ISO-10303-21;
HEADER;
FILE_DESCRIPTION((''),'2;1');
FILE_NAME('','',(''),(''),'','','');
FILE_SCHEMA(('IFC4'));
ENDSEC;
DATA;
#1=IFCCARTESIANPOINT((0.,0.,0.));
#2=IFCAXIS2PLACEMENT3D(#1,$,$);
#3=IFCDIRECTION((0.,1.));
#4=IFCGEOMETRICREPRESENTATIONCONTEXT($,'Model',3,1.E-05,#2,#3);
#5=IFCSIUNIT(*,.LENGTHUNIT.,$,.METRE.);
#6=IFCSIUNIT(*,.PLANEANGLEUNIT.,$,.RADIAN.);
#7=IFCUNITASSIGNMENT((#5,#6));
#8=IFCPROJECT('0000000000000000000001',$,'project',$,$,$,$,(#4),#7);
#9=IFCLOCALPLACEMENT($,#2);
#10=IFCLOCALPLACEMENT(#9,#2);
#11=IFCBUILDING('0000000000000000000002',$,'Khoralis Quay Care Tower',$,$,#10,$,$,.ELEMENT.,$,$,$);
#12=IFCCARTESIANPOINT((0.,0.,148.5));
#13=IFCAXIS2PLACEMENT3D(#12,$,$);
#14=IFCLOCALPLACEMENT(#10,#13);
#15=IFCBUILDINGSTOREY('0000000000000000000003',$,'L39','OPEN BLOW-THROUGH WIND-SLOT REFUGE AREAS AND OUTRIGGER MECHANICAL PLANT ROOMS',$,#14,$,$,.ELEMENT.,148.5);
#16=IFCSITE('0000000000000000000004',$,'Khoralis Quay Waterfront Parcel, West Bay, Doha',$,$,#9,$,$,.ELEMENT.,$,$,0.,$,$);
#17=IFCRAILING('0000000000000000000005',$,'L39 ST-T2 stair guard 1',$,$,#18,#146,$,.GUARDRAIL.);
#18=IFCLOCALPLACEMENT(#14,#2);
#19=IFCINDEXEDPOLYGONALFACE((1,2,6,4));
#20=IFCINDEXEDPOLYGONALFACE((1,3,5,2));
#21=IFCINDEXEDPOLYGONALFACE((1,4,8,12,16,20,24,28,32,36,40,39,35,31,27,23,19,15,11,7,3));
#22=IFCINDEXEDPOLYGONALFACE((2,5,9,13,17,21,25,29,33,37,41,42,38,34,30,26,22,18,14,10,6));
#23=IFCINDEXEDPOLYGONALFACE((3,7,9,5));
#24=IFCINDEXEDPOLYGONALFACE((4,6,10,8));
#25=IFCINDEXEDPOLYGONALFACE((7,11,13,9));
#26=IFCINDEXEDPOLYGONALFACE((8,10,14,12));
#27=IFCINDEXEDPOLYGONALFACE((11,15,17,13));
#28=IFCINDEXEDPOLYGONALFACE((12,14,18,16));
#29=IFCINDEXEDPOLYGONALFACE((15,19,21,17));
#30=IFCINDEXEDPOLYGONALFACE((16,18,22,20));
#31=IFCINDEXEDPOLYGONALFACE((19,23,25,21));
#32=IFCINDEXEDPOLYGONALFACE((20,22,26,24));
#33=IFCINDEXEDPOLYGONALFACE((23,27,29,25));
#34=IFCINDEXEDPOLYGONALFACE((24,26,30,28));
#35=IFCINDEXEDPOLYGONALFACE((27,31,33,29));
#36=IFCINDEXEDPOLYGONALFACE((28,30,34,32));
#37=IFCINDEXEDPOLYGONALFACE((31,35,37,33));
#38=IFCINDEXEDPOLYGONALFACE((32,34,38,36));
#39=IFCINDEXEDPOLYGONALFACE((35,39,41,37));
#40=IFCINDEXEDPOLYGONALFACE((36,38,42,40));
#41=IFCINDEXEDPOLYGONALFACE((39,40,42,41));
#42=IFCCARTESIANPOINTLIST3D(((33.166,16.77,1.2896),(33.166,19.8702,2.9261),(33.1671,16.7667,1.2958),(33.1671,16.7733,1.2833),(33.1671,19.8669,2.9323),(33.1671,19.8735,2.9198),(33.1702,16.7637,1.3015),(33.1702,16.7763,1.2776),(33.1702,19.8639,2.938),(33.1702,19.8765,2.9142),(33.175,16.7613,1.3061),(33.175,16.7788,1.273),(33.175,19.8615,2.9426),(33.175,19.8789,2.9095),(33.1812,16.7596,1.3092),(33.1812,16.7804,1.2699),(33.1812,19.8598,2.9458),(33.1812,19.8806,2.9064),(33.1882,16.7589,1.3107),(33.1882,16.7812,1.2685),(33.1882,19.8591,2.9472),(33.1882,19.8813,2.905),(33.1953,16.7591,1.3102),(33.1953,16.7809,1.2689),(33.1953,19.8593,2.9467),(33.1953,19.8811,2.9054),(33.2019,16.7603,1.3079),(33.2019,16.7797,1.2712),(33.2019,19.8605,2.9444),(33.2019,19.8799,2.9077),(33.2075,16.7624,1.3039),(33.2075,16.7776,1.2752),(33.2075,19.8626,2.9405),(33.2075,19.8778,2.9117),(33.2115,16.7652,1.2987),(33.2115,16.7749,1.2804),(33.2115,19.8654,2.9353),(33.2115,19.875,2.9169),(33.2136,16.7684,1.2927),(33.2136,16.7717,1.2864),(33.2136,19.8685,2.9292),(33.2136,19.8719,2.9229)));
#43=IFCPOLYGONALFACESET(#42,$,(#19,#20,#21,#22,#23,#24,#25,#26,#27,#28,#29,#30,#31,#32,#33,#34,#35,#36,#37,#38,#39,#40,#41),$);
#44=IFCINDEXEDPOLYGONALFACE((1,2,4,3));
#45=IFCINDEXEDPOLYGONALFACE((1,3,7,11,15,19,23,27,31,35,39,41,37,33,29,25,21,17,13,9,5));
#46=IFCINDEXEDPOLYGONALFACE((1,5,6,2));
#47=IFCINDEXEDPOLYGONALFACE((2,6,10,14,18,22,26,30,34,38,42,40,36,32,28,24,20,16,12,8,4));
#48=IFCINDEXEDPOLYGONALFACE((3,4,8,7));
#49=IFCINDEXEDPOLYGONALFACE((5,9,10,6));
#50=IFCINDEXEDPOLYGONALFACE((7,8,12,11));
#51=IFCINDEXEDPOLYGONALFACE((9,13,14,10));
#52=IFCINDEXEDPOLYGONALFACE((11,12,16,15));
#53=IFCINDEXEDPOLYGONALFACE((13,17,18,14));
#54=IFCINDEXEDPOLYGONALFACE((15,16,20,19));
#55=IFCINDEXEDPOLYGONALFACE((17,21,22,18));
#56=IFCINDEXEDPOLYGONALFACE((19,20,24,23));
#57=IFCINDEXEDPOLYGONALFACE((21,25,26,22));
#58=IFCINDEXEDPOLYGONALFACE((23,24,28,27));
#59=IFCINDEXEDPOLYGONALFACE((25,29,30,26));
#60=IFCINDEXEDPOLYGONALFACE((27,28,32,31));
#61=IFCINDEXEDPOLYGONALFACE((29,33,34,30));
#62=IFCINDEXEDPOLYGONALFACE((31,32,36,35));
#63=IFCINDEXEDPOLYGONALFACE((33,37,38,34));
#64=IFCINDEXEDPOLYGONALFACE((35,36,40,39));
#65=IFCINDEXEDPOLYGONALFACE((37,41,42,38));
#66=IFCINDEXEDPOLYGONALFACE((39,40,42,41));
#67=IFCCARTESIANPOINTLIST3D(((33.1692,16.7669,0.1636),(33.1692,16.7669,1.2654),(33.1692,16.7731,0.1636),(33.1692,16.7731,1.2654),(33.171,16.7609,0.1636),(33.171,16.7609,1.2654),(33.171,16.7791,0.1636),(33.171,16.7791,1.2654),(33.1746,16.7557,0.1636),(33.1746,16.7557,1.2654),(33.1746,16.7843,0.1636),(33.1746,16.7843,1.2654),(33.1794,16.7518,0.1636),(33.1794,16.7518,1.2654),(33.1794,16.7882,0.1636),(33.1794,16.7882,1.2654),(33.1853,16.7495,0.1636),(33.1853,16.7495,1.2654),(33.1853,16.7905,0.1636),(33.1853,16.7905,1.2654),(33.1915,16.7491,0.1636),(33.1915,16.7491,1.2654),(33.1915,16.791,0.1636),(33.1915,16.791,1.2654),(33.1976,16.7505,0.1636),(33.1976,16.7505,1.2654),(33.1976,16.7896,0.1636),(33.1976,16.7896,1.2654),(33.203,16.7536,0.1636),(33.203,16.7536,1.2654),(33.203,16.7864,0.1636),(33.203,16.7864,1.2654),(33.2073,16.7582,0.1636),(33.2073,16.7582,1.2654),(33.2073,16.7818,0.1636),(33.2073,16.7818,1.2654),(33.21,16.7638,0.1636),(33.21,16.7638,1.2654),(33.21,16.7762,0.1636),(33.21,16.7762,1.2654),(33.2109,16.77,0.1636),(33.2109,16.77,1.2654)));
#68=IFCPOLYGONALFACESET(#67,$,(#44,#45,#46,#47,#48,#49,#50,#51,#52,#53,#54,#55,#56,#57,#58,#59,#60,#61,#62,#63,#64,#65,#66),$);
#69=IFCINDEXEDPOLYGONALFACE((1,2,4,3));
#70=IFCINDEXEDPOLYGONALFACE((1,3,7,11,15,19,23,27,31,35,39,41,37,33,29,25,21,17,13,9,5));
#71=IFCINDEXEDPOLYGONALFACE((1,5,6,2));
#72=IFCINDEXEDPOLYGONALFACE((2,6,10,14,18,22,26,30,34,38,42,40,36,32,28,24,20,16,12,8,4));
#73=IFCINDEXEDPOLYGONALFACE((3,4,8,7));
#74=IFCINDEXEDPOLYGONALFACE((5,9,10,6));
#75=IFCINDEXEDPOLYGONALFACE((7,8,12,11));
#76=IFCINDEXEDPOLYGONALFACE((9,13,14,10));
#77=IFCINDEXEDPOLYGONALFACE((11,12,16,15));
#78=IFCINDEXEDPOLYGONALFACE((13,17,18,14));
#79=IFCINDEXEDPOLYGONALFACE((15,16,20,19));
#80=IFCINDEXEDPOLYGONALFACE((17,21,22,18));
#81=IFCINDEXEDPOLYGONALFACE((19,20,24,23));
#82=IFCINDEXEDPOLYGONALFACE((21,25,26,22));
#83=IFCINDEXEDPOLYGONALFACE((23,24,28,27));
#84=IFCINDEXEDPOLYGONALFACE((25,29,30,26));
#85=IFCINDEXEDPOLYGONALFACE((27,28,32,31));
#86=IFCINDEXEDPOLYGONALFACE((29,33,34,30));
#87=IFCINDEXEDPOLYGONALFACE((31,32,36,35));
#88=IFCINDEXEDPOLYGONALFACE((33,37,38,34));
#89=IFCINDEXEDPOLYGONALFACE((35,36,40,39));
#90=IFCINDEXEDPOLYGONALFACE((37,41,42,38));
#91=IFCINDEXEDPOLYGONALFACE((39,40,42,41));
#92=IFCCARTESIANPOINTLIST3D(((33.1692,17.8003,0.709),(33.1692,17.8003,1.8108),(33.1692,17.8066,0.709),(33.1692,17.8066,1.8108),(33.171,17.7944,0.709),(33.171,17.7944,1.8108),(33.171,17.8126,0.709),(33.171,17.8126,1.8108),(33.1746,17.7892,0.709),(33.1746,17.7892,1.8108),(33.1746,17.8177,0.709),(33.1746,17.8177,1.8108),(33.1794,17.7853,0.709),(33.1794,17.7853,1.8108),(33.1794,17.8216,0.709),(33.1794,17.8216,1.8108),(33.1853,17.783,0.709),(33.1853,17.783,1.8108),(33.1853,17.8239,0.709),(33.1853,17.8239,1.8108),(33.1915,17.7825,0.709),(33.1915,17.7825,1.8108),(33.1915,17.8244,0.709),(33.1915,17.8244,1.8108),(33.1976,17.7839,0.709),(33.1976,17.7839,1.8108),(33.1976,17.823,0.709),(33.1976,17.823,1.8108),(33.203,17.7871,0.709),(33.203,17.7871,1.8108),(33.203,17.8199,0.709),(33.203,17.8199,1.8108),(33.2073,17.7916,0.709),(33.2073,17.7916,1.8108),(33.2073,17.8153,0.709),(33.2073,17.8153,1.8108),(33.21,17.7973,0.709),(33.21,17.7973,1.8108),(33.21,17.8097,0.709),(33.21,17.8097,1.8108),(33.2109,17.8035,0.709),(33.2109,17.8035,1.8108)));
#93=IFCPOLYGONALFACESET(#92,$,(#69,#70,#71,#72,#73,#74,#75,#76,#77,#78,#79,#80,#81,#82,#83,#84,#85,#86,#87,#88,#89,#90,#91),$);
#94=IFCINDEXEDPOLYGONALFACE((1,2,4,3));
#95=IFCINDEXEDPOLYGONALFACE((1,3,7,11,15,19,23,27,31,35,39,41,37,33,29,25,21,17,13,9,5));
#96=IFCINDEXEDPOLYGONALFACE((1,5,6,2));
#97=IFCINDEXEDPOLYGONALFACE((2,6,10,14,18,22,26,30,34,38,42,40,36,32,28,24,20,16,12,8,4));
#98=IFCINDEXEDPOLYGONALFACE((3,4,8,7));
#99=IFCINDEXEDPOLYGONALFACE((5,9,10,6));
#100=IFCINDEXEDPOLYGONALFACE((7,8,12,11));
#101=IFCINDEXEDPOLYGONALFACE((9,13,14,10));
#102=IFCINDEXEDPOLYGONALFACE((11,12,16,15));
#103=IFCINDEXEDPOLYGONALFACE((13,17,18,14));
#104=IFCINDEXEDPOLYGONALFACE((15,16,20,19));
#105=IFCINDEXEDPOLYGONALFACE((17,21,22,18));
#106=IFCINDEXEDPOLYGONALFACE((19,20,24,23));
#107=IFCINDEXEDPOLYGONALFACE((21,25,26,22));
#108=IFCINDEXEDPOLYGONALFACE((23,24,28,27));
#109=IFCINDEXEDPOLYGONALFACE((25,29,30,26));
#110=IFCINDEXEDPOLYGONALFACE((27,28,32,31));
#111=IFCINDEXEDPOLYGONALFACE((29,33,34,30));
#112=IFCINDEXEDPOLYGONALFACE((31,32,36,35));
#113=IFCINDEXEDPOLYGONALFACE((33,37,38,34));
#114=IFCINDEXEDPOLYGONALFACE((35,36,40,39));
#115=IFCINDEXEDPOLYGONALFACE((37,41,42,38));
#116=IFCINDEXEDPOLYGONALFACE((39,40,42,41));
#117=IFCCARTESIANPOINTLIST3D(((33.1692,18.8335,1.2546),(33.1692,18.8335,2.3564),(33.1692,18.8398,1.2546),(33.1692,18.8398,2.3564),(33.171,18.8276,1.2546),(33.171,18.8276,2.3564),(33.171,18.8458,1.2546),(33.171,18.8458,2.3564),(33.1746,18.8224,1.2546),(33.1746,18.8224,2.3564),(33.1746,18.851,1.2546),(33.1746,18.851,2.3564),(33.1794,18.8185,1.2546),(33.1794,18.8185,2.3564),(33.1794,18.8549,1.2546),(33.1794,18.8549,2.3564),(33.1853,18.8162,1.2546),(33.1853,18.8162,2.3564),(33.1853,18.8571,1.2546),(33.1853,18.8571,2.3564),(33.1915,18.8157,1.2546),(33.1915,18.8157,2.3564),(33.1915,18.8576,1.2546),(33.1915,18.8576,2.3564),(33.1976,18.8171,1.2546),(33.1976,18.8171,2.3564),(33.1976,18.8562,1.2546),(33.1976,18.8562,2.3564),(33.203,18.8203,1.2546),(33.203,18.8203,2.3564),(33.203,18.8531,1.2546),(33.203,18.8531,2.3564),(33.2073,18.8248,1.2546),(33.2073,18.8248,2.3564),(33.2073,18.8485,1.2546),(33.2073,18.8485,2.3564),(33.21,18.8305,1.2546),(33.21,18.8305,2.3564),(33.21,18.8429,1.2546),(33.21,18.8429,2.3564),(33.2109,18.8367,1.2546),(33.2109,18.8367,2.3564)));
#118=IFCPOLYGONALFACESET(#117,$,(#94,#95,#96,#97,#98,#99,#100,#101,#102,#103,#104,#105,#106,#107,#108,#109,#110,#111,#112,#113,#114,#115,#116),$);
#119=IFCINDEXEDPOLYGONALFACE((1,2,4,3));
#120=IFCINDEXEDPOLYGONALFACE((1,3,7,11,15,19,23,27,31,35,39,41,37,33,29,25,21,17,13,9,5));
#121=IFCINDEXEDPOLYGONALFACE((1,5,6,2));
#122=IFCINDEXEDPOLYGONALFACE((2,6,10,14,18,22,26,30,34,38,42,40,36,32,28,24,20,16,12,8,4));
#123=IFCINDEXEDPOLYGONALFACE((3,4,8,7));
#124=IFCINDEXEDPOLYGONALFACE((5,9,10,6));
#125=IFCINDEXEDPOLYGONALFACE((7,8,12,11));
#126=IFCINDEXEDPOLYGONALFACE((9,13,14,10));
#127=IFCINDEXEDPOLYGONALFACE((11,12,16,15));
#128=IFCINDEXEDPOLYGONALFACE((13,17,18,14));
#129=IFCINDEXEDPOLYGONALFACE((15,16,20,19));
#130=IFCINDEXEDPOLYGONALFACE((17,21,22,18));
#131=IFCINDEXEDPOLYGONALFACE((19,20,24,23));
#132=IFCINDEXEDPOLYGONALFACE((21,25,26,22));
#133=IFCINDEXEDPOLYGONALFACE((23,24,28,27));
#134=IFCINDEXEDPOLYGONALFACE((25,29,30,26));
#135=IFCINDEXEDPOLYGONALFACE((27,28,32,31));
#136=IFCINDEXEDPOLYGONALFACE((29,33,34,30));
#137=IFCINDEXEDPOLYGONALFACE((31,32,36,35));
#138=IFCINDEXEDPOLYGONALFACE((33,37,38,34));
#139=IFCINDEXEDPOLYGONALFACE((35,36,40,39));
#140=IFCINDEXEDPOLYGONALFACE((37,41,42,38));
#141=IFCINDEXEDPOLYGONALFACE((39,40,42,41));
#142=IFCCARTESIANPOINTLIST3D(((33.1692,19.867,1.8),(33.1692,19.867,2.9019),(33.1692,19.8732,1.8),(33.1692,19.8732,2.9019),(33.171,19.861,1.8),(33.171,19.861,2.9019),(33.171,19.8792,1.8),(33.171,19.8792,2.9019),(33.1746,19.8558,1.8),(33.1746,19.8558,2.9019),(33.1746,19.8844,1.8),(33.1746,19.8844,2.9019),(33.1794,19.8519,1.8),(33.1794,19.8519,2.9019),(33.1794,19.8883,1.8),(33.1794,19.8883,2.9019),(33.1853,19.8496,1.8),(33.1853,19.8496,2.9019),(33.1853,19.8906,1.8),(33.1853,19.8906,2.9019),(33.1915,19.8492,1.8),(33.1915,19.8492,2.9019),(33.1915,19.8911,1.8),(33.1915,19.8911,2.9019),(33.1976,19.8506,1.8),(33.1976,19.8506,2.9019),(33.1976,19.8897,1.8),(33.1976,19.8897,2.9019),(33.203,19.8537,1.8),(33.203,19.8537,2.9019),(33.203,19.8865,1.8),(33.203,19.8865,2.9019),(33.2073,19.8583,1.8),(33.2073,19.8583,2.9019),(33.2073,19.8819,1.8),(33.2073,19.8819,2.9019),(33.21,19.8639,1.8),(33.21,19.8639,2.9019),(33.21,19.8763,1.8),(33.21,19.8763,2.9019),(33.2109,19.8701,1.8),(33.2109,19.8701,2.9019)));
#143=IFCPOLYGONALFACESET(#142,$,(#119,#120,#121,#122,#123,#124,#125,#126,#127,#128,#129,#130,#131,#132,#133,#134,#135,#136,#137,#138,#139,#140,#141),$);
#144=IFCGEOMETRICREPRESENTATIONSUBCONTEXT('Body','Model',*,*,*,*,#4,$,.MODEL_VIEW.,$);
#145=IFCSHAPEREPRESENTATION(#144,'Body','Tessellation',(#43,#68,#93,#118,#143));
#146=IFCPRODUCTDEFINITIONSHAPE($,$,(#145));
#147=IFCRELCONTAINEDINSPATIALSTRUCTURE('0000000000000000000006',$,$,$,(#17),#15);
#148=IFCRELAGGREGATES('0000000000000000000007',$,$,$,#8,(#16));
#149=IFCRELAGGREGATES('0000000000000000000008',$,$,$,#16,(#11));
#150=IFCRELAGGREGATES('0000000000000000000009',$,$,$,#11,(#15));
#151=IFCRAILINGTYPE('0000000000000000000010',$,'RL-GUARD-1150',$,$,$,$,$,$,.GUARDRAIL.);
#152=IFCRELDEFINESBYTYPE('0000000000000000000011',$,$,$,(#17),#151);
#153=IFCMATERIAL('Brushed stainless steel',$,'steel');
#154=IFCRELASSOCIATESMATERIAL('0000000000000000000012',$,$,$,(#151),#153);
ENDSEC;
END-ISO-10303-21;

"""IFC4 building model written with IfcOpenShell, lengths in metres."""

from ifc_helpers import new_model, si_unit, direction, frame, origin, origin_2d, place, context, subcontext, project, spatial, circle, extrude, material, type_object, element, save


model = new_model("IFC4")

# Units and contexts
model_context = context("Model", 3, precision=1e-05, world=origin(), true_north=direction((0.0, 1.0)))
body_context = subcontext(model_context, "Body", "Model", "MODEL_VIEW")
ifc_project = project(units=[si_unit("LENGTHUNIT", "METRE"), si_unit("PLANEANGLEUNIT", "RADIAN")], contexts=[model_context])

# Site, building, storey
site_placement = place(None, origin())
site = spatial("IfcSite", under=ifc_project, at=site_placement, Name="Khoralis Quay Waterfront Parcel, West Bay, Doha", CompositionType="ELEMENT", RefElevation=0.0)
building_placement = place(site_placement, origin())
building = spatial("IfcBuilding", under=site, at=building_placement, Name="Khoralis Quay Care Tower", CompositionType="ELEMENT")
storey_placement = place(building_placement, frame((0.0, 0.0, 148.5)))
storey = spatial("IfcBuildingStorey", under=building, at=storey_placement, Name="L39", Description="OPEN BLOW-THROUGH WIND-SLOT REFUGE AREAS AND OUTRIGGER MECHANICAL PLANT ROOMS", CompositionType="ELEMENT", Elevation=148.5)

# Shared definitions
ifc_material_1 = material(Name="Brushed stainless steel", Category="steel")

# Railing
railing_type_1 = type_object("IfcRailingType", Name="RL-GUARD-1150", PredefinedType="GUARDRAIL", material=ifc_material_1)
railing_1_placement = place(storey_placement, frame((33.1899, 16.77, 0.1636)))
element("IfcRailing", 1, at=railing_1_placement, inside=storey, type_object=railing_type_1, Name="L39 ST-T2 stair guard 1", PredefinedType="GUARDRAIL", context=body_context, shape_type="SweptSolid", body=[
    extrude(circle(Radius=0.0239, at=origin_2d()), frame((0.0, 0.0, 1.126), z_axis=(0.0, 0.884348, 0.466828), x_axis=(-1.0, 0.0, 0.0)), (0.0, 0.0, 1.0), 3.5056),
    extrude(circle(Radius=0.021, at=origin_2d()), origin(), (0.0, 0.0, 1.0), 1.1018),
    extrude(circle(Radius=0.021, at=origin_2d()), frame((0.0, 1.0334, 0.5454)), (0.0, 0.0, 1.0), 1.1018),
    extrude(circle(Radius=0.021, at=origin_2d()), frame((0.0, 2.0667, 1.0911)), (0.0, 0.0, 1.0), 1.1018),
    extrude(circle(Radius=0.021, at=origin_2d()), frame((0.0, 3.1001, 1.6365)), (0.0, 0.0, 1.0), 1.1018),
])

save(model, "model.ifc")
